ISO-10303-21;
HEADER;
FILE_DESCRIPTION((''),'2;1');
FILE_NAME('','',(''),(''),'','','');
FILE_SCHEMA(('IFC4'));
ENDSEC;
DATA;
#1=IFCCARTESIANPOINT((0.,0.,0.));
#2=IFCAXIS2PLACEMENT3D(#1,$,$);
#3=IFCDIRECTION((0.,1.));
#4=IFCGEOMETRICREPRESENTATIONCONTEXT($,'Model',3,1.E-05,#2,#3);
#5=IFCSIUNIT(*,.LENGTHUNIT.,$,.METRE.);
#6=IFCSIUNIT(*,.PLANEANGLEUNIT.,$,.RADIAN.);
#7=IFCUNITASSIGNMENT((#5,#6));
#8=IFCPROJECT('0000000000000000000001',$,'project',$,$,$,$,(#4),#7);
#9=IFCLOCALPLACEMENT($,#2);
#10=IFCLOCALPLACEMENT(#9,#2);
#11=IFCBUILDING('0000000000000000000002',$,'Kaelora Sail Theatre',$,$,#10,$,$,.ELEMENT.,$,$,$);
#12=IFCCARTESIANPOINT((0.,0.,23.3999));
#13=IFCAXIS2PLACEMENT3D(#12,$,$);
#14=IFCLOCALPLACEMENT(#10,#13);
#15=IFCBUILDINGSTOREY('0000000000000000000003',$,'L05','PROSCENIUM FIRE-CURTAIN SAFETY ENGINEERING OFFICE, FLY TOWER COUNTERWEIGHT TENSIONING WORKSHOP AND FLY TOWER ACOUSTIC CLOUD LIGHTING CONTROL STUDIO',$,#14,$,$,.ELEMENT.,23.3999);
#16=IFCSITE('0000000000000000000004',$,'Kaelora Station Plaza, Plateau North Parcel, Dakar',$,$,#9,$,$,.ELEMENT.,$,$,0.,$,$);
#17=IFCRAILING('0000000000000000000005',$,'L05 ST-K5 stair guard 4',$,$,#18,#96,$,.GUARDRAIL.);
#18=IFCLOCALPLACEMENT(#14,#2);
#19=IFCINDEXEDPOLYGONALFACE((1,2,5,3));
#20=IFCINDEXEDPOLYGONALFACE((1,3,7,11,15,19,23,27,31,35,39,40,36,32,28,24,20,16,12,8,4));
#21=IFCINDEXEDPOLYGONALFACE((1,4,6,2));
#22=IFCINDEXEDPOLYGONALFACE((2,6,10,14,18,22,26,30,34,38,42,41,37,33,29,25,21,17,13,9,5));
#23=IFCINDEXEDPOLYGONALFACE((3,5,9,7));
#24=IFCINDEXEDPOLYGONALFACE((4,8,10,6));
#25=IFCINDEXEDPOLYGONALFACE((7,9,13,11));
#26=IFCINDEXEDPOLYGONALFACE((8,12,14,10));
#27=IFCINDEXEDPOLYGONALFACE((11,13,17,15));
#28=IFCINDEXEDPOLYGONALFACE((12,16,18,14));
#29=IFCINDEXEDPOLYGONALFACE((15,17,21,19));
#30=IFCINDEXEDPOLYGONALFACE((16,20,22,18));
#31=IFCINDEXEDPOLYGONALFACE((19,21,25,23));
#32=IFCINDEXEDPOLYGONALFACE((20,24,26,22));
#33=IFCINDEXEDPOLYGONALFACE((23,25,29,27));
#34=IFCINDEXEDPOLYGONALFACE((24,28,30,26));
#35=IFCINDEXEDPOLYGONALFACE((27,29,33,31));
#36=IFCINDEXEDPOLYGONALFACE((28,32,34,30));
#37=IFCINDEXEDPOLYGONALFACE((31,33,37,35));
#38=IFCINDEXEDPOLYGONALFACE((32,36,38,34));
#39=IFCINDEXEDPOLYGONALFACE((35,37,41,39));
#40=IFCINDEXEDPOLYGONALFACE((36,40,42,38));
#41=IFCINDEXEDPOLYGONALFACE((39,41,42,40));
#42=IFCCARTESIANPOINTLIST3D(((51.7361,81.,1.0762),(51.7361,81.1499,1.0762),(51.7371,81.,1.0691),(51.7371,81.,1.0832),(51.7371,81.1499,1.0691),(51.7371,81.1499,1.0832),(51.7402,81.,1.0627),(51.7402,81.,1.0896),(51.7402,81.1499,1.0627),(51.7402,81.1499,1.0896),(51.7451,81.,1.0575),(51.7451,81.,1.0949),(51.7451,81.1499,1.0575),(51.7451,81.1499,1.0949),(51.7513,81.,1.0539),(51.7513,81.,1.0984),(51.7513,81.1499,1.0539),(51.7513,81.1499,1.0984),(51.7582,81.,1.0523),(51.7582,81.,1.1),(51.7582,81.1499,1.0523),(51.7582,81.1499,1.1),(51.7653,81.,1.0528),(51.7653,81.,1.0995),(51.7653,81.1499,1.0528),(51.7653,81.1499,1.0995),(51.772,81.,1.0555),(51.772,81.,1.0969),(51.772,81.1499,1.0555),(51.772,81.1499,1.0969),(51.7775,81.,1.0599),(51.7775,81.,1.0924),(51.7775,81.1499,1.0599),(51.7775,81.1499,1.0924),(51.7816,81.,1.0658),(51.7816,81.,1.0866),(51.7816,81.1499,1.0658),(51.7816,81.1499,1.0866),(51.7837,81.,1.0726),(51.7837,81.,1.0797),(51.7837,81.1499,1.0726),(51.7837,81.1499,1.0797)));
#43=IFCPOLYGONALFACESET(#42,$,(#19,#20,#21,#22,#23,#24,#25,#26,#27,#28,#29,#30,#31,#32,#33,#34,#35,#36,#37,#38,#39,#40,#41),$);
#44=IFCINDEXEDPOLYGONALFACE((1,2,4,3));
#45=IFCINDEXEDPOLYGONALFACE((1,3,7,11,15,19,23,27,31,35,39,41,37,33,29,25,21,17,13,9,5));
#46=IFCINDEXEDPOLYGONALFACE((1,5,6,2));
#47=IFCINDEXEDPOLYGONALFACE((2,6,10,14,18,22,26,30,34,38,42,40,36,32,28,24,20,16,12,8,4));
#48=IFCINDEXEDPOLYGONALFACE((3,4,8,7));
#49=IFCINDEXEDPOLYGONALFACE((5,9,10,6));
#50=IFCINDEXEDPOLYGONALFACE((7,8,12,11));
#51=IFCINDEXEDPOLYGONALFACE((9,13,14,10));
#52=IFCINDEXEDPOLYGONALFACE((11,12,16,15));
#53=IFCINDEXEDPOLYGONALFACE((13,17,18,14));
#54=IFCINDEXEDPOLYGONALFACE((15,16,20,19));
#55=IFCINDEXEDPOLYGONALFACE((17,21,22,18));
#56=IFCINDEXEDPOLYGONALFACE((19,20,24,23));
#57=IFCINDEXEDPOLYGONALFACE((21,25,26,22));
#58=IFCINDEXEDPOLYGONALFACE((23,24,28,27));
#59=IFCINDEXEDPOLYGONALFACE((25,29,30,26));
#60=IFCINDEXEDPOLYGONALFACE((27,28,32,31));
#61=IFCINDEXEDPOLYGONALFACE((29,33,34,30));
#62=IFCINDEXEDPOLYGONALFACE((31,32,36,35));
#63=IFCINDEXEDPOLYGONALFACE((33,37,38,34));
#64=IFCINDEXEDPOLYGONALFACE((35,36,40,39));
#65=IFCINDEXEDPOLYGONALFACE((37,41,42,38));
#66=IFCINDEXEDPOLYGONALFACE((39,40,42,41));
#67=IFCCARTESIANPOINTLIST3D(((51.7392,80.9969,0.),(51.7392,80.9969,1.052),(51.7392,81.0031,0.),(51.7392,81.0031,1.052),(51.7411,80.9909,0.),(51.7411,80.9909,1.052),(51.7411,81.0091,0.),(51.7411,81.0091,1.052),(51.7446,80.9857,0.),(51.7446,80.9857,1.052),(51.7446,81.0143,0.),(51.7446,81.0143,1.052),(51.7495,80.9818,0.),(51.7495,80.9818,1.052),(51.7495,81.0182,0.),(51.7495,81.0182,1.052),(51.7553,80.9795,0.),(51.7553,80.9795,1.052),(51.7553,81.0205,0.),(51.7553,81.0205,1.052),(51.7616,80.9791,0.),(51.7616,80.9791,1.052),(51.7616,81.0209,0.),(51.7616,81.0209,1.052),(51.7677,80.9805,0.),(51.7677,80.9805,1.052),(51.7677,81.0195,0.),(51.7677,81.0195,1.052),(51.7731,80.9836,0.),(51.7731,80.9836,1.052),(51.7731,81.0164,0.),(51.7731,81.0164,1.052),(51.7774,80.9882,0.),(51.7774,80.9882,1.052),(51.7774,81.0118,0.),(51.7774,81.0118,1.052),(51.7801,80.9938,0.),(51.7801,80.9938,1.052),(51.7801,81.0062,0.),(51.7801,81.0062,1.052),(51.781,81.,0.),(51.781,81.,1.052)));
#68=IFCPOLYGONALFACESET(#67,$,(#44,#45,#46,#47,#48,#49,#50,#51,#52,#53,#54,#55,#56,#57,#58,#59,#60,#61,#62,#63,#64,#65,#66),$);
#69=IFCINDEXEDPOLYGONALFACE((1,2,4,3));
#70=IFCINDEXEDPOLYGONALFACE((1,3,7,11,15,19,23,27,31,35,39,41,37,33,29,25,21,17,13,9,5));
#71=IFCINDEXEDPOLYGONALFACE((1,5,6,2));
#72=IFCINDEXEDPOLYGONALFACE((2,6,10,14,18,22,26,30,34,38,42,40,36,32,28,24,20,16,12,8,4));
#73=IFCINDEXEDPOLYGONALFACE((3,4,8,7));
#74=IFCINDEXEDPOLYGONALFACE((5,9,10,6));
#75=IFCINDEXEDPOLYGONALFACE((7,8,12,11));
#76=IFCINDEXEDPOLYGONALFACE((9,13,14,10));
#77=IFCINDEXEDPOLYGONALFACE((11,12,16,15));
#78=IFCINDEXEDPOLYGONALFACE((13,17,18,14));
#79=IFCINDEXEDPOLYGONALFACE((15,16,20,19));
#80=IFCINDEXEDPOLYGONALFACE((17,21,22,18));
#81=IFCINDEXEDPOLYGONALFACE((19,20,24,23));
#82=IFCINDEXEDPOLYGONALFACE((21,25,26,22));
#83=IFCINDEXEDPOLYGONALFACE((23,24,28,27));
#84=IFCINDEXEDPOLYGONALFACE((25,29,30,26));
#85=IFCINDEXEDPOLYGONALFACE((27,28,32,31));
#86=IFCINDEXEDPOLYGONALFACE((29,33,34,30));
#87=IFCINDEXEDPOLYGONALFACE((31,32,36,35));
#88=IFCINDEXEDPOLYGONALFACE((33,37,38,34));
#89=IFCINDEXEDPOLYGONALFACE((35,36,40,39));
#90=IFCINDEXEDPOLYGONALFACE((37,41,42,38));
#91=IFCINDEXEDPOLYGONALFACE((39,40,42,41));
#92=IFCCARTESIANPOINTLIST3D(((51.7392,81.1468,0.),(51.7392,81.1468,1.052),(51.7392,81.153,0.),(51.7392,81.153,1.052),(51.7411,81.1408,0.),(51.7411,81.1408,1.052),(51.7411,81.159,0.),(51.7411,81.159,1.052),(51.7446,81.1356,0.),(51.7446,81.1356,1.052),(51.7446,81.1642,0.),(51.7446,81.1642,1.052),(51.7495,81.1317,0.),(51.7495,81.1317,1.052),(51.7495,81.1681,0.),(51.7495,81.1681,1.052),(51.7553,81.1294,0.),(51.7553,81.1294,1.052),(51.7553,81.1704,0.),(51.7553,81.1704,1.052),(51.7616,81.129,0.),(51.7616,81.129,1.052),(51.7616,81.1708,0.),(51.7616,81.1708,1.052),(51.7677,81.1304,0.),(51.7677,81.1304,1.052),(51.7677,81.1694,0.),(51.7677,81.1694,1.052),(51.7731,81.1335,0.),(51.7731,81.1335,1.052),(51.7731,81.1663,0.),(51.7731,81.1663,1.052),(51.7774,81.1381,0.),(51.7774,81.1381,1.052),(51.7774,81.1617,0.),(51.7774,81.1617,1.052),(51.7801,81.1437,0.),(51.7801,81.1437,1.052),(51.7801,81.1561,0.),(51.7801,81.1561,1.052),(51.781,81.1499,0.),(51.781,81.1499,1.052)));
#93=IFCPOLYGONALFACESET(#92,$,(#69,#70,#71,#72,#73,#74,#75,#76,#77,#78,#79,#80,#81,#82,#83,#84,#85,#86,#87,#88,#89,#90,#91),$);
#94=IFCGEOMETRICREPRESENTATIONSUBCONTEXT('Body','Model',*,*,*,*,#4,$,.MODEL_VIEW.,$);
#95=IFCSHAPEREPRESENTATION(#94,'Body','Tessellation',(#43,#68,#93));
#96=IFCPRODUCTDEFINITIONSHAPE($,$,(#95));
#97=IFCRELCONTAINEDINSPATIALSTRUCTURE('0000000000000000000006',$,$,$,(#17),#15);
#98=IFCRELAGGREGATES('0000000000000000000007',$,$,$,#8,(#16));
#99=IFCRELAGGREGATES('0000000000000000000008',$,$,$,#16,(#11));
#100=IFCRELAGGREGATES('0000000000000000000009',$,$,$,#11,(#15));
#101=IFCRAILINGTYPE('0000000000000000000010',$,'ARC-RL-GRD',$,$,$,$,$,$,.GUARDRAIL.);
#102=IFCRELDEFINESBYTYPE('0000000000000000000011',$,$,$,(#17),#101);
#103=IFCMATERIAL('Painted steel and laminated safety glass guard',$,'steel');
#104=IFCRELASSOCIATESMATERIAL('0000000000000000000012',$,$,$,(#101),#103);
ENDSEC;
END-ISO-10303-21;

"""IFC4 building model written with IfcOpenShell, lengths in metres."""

from ifc_helpers import new_model, si_unit, direction, frame, origin, origin_2d, place, context, subcontext, project, spatial, circle, extrude, material, type_object, element, save


model = new_model("IFC4")

# Units and contexts
model_context = context("Model", 3, precision=1e-05, world=origin(), true_north=direction((0.0, 1.0)))
body_context = subcontext(model_context, "Body", "Model", "MODEL_VIEW")
ifc_project = project(units=[si_unit("LENGTHUNIT", "METRE"), si_unit("PLANEANGLEUNIT", "RADIAN")], contexts=[model_context])

# Site, building, storey
site_placement = place(None, origin())
site = spatial("IfcSite", under=ifc_project, at=site_placement, Name="Kaelora Station Plaza, Plateau North Parcel, Dakar", CompositionType="ELEMENT", RefElevation=0.0)
building_placement = place(site_placement, origin())
building = spatial("IfcBuilding", under=site, at=building_placement, Name="Kaelora Sail Theatre", CompositionType="ELEMENT")
storey_placement = place(building_placement, frame((0.0, 0.0, 23.3999)))
storey = spatial("IfcBuildingStorey", under=building, at=storey_placement, Name="L05", Description="PROSCENIUM FIRE-CURTAIN SAFETY ENGINEERING OFFICE, FLY TOWER COUNTERWEIGHT TENSIONING WORKSHOP AND FLY TOWER ACOUSTIC CLOUD LIGHTING CONTROL STUDIO", CompositionType="ELEMENT", Elevation=23.3999)

# Railing
ifc_material_1 = material(Name="Painted steel and laminated safety glass guard", Category="steel")
railing_type_1 = type_object("IfcRailingType", Name="ARC-RL-GRD", PredefinedType="GUARDRAIL", material=ifc_material_1)
railing_1_placement = place(storey_placement, frame((51.76, 81.0, 0.0)))
element("IfcRailing", 1, at=railing_1_placement, inside=storey, type_object=railing_type_1, Name="L05 ST-K5 stair guard 4", PredefinedType="GUARDRAIL", context=body_context, shape_type="SweptSolid", body=[
    extrude(circle(Radius=0.0239, at=origin_2d()), frame((0.0, 0.0, 1.0762), z_axis=(0.0, 1.0, 0.0), x_axis=(-1.0, 0.0, 0.0)), (0.0, 0.0, 1.0), 0.1499),
    extrude(circle(Radius=0.021, at=origin_2d()), origin(), (0.0, 0.0, 1.0), 1.052),
    extrude(circle(Radius=0.021, at=origin_2d()), frame((0.0, 0.1499, 0.0)), (0.0, 0.0, 1.0), 1.052),
])

save(model, "model.ifc")
